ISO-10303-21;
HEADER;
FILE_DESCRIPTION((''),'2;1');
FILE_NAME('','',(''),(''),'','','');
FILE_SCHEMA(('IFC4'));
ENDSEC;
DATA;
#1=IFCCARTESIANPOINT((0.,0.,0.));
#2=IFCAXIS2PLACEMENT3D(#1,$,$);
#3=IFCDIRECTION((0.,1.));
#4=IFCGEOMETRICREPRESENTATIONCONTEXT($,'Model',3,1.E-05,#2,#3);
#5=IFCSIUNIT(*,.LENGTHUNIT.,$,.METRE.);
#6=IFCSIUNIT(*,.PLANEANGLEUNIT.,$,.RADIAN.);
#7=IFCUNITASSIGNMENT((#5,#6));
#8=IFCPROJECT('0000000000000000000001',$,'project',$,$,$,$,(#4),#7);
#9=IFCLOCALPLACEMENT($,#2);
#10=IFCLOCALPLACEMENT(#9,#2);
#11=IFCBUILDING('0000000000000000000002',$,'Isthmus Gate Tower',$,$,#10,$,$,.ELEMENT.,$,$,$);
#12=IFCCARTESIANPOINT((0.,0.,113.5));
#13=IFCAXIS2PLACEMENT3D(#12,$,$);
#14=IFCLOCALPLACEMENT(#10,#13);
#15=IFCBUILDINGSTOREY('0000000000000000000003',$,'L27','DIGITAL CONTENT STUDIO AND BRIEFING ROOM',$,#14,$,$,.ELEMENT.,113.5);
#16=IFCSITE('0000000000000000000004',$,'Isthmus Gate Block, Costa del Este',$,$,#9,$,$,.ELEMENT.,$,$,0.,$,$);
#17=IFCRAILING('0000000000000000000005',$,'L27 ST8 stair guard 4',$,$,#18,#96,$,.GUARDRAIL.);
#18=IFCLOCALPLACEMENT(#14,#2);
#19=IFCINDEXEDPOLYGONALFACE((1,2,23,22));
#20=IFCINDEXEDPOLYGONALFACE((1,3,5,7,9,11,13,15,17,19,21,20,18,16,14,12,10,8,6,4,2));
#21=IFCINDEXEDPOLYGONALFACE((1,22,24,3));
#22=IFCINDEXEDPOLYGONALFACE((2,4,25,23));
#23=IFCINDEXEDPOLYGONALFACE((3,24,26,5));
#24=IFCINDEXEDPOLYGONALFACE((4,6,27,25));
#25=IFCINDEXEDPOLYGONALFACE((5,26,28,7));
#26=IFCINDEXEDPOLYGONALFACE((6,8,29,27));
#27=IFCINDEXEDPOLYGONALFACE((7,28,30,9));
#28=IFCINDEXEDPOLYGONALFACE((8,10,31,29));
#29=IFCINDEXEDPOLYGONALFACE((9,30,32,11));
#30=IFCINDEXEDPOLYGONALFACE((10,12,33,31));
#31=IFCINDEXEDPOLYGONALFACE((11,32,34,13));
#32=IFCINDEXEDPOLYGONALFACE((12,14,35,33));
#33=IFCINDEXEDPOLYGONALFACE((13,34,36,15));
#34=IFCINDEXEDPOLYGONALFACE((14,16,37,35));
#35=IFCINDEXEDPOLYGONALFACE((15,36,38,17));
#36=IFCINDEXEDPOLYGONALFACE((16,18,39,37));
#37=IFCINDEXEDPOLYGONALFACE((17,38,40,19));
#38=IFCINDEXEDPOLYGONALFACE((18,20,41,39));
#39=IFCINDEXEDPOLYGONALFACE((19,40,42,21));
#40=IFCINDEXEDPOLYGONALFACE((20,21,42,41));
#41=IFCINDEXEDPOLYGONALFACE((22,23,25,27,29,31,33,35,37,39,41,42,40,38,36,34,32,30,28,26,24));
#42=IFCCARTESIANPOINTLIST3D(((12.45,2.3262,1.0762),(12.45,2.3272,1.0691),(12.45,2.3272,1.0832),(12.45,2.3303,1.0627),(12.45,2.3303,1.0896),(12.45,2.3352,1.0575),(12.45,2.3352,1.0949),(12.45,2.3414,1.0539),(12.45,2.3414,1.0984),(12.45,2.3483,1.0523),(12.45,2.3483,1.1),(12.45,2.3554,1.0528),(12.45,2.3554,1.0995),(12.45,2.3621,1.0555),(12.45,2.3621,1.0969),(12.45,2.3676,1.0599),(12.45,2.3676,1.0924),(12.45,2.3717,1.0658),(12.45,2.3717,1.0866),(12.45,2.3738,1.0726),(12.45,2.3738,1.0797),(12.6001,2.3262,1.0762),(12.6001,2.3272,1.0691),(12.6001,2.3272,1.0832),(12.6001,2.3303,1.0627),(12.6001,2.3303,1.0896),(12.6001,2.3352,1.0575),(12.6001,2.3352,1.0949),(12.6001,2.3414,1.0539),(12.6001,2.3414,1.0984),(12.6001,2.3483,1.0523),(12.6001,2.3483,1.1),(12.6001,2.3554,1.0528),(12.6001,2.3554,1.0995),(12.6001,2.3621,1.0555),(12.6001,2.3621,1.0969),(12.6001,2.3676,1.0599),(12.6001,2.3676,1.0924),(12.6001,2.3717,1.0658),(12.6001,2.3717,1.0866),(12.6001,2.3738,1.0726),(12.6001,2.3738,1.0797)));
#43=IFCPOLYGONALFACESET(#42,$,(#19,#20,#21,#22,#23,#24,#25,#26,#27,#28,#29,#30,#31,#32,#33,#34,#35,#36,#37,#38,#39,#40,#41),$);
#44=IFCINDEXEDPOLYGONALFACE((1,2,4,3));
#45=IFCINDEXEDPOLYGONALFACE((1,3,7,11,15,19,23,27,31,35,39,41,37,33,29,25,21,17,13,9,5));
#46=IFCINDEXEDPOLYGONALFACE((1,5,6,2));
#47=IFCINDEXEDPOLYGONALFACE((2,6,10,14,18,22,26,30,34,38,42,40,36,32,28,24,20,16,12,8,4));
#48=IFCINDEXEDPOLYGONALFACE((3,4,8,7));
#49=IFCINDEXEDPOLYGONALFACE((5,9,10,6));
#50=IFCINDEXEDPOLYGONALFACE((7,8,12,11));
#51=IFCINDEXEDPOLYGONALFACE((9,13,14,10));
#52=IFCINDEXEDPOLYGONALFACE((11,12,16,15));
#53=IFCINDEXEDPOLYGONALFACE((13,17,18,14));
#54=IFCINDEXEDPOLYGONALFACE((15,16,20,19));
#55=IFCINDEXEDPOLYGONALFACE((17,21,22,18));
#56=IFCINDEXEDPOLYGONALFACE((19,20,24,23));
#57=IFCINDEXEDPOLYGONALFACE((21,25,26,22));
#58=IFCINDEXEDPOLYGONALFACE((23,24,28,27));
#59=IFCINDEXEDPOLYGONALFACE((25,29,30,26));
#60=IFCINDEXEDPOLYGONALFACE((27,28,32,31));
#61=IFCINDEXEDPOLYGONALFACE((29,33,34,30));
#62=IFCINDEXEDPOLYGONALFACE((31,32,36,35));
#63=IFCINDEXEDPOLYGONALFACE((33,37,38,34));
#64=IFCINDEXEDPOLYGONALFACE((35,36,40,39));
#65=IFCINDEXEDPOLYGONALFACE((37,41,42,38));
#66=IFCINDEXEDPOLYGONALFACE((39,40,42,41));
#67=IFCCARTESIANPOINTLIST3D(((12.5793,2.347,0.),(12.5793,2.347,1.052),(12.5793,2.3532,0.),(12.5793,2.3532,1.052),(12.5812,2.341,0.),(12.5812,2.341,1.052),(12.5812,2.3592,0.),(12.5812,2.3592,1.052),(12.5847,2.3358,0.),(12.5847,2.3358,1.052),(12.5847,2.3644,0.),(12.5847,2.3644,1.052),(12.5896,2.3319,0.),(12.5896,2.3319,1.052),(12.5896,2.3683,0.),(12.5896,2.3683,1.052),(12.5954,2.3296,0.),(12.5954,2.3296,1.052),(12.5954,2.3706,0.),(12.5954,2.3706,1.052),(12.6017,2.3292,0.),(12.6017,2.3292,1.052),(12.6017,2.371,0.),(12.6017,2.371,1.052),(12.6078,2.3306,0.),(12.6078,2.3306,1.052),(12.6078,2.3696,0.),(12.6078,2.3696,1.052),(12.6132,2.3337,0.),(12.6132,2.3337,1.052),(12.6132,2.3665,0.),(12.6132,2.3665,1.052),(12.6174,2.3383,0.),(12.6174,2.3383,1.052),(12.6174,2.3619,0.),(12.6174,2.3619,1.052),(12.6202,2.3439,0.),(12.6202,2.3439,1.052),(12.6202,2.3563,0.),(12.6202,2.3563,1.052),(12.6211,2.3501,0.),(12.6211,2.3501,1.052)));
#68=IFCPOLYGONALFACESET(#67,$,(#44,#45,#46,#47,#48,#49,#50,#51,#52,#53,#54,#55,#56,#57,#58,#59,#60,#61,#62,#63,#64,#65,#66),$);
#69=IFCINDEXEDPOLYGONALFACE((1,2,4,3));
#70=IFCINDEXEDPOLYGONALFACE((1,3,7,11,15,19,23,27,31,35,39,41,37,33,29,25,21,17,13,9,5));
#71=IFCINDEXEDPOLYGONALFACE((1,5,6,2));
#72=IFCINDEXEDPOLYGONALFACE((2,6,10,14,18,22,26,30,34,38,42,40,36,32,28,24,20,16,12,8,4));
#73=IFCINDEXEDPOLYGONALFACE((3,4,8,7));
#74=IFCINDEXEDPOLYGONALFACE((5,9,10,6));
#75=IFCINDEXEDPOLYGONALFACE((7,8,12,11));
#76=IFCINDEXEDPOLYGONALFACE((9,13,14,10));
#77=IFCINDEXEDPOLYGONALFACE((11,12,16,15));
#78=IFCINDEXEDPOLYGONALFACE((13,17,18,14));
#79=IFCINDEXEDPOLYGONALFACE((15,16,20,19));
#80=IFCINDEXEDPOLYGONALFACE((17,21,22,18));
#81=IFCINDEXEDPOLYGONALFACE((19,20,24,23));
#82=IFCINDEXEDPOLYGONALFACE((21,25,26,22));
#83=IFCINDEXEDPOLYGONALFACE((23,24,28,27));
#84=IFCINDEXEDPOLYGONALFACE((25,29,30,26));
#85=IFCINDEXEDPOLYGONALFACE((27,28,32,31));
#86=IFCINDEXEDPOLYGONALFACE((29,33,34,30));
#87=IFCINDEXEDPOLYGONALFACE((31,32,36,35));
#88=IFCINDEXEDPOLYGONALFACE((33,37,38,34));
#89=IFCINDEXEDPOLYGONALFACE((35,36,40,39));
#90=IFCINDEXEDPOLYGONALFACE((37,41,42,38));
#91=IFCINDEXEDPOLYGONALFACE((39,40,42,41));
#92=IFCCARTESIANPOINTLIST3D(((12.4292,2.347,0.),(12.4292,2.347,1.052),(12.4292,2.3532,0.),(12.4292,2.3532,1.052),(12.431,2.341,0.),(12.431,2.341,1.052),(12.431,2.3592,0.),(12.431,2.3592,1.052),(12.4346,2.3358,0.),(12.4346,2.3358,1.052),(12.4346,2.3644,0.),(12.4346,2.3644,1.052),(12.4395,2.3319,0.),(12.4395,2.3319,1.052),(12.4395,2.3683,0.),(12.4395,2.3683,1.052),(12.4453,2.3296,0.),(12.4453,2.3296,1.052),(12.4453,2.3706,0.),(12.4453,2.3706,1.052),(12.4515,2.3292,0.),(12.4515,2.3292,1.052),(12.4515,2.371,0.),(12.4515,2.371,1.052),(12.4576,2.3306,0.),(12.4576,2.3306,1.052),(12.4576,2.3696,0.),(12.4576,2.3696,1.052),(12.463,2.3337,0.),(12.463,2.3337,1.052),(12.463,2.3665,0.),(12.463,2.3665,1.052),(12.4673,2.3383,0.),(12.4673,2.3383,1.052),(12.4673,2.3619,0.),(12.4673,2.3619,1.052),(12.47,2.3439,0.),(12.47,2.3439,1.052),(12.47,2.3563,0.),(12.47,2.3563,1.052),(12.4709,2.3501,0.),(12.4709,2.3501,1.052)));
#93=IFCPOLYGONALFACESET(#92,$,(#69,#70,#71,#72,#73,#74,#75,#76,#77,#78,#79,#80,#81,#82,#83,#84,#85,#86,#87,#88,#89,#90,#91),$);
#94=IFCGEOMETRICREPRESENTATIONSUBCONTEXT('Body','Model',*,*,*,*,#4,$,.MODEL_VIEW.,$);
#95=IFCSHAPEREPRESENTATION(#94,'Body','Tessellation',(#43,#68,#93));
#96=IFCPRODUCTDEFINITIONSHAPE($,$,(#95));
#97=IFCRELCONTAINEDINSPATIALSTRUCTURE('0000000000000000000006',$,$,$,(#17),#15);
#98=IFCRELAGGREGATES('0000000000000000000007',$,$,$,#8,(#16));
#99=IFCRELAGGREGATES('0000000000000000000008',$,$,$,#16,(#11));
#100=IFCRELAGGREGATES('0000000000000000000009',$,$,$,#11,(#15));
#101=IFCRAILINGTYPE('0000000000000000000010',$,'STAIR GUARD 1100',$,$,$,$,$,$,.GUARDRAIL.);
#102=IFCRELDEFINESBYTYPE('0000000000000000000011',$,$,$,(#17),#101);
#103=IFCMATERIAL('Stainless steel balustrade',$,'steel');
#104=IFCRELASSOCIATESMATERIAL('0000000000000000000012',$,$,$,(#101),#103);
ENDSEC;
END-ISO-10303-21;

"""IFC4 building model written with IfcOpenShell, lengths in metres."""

from ifc_helpers import new_model, si_unit, direction, frame, origin, origin_2d, place, context, subcontext, project, spatial, circle, extrude, material, type_object, element, save


model = new_model("IFC4")

# Units and contexts
model_context = context("Model", 3, precision=1e-05, world=origin(), true_north=direction((0.0, 1.0)))
body_context = subcontext(model_context, "Body", "Model", "MODEL_VIEW")
ifc_project = project(units=[si_unit("LENGTHUNIT", "METRE"), si_unit("PLANEANGLEUNIT", "RADIAN")], contexts=[model_context])

# Site, building, storey
site_placement = place(None, origin())
site = spatial("IfcSite", under=ifc_project, at=site_placement, Name="Isthmus Gate Block, Costa del Este", CompositionType="ELEMENT", RefElevation=0.0)
building_placement = place(site_placement, origin())
building = spatial("IfcBuilding", under=site, at=building_placement, Name="Isthmus Gate Tower", CompositionType="ELEMENT")
storey_placement = place(building_placement, frame((0.0, 0.0, 113.5)))
storey = spatial("IfcBuildingStorey", under=building, at=storey_placement, Name="L27", Description="DIGITAL CONTENT STUDIO AND BRIEFING ROOM", CompositionType="ELEMENT", Elevation=113.5)

# Railing
ifc_material_1 = material(Name="Stainless steel balustrade", Category="steel")
railing_type_1 = type_object("IfcRailingType", Name="STAIR GUARD 1100", PredefinedType="GUARDRAIL", material=ifc_material_1)
railing_1_placement = place(storey_placement, frame((12.6001, 2.3501, 0.0)))
element("IfcRailing", 1, at=railing_1_placement, inside=storey, type_object=railing_type_1, Name="L27 ST8 stair guard 4", PredefinedType="GUARDRAIL", context=body_context, shape_type="SweptSolid", body=[
    extrude(circle(Radius=0.0239, at=origin_2d()), frame((0.0, 0.0, 1.0762), z_axis=(-1.0, 0.0, 0.0), x_axis=(0.0, -1.0, 0.0)), (0.0, 0.0, 1.0), 0.1501),
    extrude(circle(Radius=0.021, at=origin_2d()), origin(), (0.0, 0.0, 1.0), 1.052),
    extrude(circle(Radius=0.021, at=origin_2d()), frame((-0.1501, 0.0, 0.0)), (0.0, 0.0, 1.0), 1.052),
])

save(model, "model.ifc")
